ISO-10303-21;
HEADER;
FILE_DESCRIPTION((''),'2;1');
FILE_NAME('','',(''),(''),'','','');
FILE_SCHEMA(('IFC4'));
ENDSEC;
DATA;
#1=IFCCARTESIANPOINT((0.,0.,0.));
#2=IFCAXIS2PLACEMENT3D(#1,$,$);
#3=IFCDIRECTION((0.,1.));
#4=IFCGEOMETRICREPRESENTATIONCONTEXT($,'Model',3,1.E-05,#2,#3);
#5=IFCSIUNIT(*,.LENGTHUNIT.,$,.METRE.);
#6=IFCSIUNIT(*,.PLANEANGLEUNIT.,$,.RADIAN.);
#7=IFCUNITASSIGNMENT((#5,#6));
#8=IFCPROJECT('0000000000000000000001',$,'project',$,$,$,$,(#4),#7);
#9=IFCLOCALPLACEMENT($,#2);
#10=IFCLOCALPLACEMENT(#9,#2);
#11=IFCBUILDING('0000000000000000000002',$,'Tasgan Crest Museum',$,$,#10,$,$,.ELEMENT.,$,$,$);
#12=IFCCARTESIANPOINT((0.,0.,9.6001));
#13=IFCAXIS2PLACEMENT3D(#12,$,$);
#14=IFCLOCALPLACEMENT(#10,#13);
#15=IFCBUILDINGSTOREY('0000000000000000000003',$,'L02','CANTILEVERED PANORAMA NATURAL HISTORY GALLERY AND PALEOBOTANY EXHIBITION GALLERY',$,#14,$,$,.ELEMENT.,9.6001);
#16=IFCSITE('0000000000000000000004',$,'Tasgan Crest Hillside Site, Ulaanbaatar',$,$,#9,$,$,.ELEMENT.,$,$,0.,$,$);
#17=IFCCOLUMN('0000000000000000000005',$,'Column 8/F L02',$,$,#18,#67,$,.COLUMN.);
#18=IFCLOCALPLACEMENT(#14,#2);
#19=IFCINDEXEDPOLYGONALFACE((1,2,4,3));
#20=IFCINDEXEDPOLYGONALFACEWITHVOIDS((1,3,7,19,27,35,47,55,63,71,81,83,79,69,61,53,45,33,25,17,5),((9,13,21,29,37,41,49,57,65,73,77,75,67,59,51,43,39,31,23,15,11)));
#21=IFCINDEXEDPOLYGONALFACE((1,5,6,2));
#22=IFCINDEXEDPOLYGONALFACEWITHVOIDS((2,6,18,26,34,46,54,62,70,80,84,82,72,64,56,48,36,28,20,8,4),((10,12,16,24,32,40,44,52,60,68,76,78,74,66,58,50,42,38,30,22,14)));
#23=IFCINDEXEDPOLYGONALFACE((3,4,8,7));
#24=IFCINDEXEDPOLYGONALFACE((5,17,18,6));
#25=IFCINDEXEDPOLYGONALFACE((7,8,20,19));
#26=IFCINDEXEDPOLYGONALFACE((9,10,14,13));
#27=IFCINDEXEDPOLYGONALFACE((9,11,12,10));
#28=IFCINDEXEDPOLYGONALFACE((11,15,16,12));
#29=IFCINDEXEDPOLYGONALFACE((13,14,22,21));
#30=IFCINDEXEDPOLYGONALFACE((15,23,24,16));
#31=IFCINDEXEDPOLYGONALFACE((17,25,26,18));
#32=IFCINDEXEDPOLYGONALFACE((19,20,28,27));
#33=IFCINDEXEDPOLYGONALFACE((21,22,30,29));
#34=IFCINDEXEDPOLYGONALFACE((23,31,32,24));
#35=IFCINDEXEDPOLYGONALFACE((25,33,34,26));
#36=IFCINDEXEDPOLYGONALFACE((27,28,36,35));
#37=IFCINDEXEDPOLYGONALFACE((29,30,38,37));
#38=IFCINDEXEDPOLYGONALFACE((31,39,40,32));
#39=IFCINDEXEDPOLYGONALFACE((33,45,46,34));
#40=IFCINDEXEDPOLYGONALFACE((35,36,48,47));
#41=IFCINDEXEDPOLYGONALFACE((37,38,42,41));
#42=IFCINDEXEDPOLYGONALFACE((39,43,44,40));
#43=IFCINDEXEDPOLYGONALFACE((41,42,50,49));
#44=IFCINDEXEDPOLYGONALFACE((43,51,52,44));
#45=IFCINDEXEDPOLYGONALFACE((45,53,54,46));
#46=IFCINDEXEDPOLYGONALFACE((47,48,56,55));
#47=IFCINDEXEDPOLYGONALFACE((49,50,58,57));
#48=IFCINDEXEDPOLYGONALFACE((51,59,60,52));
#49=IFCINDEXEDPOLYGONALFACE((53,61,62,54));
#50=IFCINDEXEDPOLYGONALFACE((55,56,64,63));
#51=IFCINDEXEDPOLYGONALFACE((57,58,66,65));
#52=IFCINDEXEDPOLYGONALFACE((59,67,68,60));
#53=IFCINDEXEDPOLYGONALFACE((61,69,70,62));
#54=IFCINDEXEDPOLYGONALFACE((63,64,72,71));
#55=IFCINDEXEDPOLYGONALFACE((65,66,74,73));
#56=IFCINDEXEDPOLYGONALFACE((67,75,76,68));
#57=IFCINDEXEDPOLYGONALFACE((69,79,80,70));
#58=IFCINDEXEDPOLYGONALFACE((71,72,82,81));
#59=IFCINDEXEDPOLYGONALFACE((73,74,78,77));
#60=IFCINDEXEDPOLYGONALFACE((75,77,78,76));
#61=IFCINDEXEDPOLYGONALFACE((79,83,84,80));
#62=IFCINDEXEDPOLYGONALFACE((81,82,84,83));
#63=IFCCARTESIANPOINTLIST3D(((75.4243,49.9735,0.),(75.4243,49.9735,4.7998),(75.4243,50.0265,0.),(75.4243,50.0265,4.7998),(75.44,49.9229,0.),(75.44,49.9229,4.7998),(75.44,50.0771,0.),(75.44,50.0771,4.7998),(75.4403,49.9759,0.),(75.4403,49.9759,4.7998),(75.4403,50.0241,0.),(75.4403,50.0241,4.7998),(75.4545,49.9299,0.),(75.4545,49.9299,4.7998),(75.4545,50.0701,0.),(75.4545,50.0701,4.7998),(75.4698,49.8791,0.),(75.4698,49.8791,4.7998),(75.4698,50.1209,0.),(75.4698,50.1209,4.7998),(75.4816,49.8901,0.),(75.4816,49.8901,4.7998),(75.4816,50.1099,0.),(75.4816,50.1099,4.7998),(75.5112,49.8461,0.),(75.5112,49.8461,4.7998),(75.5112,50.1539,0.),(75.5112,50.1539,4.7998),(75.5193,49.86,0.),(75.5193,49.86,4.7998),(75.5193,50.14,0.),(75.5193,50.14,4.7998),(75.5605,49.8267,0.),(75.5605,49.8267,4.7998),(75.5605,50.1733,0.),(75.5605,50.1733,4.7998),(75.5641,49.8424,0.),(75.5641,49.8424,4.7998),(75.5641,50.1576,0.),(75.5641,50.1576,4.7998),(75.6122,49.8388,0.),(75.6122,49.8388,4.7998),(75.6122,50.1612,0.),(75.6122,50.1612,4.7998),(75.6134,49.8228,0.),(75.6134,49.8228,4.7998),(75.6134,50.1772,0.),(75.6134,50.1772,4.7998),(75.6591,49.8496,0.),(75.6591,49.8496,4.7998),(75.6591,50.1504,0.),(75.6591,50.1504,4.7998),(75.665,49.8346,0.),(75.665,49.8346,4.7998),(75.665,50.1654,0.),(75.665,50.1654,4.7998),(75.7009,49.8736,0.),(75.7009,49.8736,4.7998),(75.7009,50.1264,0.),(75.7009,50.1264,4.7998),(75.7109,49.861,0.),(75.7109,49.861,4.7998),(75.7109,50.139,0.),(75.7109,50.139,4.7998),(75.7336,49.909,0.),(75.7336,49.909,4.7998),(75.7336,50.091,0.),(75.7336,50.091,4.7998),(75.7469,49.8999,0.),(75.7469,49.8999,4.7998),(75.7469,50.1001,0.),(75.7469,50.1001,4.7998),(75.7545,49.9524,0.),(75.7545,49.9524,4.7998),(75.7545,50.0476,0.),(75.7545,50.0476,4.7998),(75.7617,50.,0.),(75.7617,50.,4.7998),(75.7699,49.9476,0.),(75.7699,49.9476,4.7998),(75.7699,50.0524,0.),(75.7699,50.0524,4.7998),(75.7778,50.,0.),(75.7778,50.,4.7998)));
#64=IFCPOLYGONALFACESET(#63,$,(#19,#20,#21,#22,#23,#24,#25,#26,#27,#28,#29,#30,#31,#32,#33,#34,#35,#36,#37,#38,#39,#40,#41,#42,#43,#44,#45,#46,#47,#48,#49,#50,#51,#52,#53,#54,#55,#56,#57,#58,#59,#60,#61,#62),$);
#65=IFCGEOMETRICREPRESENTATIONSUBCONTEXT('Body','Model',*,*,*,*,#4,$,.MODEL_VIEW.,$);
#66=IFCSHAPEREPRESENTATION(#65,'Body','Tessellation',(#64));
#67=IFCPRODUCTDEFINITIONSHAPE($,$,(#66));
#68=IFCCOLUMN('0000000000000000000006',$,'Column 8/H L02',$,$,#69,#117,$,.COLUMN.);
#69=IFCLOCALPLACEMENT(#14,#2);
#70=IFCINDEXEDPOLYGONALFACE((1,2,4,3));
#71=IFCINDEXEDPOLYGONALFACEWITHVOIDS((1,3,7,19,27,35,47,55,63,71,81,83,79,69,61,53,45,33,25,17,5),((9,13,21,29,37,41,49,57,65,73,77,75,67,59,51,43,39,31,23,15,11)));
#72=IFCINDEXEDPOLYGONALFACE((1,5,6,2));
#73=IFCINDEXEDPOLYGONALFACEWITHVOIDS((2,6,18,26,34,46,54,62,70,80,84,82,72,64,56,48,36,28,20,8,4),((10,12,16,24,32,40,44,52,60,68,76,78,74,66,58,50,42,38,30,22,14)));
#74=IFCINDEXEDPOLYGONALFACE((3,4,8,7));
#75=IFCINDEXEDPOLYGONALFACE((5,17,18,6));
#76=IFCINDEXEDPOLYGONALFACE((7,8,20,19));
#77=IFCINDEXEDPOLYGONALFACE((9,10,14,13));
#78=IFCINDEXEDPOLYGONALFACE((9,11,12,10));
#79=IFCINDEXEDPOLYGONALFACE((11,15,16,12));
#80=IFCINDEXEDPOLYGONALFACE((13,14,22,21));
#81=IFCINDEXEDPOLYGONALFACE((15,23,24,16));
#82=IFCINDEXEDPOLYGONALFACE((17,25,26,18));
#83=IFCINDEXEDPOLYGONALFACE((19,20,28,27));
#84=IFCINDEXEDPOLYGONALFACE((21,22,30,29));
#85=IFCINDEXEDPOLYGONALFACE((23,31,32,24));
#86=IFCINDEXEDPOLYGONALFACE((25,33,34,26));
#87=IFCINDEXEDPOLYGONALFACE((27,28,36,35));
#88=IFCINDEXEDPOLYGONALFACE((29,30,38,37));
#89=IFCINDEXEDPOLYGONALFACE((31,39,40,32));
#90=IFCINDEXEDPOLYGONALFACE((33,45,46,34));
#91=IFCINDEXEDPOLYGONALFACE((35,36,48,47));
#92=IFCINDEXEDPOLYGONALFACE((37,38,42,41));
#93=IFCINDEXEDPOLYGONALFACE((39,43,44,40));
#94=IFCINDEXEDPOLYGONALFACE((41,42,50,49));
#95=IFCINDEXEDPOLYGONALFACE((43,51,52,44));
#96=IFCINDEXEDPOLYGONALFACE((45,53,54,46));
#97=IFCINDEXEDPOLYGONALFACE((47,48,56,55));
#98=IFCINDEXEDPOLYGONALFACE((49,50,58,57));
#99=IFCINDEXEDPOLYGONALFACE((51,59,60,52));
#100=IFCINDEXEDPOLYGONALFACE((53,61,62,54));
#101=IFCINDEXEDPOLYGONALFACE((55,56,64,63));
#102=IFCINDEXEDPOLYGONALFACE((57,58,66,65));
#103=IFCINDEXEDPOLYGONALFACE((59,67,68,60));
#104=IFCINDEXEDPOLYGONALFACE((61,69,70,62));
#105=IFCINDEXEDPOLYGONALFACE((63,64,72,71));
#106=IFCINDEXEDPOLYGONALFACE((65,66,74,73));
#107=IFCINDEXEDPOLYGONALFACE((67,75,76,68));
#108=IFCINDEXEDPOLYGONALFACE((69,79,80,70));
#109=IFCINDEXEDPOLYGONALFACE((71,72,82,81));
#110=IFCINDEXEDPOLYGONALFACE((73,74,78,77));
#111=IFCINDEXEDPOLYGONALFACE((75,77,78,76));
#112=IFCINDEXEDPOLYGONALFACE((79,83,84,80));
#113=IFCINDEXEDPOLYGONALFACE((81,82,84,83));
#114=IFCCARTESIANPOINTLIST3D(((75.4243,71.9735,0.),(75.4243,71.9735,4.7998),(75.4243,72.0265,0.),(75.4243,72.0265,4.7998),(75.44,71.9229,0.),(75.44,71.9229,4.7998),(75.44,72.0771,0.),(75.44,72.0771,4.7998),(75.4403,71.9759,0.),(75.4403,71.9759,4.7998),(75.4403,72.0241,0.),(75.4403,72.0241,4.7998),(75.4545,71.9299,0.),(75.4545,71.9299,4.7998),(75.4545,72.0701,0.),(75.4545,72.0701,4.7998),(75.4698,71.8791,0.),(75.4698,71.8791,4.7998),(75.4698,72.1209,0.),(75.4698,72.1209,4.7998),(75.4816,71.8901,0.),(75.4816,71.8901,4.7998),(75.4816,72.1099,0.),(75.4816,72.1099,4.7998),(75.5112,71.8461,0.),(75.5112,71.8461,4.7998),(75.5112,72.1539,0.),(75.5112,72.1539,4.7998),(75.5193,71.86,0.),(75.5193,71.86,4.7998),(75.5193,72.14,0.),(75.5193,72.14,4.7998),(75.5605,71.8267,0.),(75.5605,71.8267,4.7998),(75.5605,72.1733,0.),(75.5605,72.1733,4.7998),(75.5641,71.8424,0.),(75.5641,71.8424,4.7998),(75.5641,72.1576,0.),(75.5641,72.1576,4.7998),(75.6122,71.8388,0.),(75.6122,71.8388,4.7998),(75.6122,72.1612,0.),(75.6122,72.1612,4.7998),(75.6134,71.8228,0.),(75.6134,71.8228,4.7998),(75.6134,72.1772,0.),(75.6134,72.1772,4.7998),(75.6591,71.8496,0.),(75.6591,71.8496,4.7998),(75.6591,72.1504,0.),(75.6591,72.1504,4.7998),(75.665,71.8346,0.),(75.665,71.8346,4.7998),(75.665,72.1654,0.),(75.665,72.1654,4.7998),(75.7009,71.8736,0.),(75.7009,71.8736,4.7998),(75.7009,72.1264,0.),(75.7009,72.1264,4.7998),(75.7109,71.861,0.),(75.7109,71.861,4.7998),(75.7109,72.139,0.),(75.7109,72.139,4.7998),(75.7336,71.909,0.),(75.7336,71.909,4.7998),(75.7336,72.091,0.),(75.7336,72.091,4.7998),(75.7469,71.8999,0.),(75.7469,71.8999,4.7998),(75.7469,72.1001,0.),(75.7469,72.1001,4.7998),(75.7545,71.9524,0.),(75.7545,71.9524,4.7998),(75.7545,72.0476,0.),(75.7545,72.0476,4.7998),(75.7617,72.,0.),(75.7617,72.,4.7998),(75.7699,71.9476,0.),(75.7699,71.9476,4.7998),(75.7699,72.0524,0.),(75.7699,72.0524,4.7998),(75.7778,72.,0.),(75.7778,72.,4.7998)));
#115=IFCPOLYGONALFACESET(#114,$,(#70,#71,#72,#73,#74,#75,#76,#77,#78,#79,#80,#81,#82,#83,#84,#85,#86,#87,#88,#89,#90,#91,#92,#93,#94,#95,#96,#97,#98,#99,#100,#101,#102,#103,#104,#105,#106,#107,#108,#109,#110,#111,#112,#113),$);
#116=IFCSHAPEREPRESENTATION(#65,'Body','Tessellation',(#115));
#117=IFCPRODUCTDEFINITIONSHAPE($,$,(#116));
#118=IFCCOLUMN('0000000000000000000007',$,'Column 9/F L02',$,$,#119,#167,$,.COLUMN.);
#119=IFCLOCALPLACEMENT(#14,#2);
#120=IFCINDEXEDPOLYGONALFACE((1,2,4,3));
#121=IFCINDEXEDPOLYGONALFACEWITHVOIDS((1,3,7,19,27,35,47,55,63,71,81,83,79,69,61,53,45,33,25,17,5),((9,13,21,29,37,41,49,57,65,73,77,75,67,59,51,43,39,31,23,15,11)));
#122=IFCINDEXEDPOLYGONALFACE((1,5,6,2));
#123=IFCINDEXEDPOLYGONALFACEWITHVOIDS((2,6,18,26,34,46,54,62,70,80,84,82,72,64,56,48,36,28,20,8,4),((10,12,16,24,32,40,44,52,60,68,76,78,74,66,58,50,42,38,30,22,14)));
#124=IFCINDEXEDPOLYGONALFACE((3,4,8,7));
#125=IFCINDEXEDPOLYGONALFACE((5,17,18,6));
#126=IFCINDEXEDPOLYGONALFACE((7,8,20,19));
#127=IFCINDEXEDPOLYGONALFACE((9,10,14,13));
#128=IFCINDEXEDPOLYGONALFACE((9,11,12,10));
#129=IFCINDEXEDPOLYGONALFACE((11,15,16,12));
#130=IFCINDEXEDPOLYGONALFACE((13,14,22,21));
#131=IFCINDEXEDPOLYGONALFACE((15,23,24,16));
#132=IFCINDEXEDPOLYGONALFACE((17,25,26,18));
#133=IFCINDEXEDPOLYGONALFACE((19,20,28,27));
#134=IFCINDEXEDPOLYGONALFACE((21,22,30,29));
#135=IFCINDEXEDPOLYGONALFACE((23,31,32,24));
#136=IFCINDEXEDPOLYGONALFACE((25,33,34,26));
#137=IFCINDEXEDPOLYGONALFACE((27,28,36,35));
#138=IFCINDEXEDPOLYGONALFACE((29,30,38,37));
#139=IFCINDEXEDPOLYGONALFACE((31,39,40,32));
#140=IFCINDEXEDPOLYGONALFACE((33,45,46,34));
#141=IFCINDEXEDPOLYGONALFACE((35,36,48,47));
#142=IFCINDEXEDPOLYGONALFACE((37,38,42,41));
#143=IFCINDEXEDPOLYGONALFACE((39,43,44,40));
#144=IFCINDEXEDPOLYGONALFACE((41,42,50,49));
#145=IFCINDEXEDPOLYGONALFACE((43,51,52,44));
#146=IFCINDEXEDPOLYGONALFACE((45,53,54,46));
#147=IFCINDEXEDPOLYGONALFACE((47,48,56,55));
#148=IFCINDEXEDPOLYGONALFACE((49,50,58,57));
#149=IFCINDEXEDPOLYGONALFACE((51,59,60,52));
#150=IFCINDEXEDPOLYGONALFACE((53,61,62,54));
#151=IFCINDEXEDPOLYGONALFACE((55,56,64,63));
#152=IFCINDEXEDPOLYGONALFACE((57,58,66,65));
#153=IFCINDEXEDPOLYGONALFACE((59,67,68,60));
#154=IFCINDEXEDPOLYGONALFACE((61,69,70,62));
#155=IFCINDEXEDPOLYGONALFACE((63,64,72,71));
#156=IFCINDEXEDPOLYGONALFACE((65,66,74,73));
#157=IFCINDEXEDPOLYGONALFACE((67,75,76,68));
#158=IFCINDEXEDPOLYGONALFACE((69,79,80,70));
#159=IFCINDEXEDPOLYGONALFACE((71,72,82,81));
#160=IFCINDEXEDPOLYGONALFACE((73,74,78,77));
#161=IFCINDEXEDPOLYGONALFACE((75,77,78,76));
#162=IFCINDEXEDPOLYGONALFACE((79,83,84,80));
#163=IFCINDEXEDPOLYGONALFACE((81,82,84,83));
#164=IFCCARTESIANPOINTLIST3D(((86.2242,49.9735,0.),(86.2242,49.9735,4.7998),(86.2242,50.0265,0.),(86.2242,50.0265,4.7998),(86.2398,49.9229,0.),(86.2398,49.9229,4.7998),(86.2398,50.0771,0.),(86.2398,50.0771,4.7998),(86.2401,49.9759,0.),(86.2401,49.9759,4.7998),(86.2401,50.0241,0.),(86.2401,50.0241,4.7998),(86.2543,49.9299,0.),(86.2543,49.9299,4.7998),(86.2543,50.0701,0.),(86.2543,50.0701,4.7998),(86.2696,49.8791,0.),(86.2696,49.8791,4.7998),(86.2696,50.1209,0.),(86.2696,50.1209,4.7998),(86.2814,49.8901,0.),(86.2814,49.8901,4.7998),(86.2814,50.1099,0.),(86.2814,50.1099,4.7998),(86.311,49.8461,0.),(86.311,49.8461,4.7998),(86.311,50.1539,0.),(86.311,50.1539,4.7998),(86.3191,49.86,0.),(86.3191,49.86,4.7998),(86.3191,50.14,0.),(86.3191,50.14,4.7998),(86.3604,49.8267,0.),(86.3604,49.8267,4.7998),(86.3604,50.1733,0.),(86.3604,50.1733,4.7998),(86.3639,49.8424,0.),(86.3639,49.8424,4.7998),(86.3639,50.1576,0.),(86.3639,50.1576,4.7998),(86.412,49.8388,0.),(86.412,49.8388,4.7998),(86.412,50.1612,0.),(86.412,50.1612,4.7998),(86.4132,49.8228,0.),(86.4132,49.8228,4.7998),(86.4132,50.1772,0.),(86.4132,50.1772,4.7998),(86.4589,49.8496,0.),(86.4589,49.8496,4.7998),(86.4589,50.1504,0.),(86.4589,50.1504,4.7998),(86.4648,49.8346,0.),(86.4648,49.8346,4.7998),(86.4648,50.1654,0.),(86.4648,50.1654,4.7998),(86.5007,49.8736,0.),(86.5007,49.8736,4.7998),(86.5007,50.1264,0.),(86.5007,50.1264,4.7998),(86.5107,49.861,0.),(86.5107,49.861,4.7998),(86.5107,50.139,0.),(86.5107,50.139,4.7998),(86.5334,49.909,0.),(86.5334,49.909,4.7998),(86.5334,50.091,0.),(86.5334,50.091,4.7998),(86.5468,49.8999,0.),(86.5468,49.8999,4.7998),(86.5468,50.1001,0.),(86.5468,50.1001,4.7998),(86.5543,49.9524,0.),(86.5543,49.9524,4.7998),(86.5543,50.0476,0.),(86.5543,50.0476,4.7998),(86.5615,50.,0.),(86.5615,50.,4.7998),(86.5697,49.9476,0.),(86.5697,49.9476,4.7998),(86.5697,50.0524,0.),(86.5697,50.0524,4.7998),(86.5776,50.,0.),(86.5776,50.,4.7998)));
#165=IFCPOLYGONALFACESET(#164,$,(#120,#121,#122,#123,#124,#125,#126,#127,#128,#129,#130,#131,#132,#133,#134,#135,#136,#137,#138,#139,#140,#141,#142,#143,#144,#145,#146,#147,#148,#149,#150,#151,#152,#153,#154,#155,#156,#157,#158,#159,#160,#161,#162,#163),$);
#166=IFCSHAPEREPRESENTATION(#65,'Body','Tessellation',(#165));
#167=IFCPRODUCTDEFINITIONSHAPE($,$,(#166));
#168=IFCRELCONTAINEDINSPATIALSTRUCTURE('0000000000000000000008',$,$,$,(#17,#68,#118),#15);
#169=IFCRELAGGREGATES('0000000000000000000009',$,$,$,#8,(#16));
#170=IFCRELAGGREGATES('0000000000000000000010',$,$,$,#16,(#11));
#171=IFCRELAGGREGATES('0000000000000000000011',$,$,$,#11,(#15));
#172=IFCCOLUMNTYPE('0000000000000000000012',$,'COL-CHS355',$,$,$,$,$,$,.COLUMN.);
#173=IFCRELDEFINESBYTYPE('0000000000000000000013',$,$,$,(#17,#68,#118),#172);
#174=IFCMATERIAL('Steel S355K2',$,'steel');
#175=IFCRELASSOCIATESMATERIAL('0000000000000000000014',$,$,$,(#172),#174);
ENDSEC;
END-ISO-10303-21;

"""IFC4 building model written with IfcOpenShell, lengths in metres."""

from ifc_helpers import new_model, si_unit, direction, frame, origin, origin_2d, place, context, subcontext, project, spatial, hollow_circle, extrude, material, material_profile, profile_set, type_object, element, save


model = new_model("IFC4")

# Units and contexts
model_context = context("Model", 3, precision=1e-05, world=origin(), true_north=direction((0.0, 1.0)))
body_context = subcontext(model_context, "Body", "Model", "MODEL_VIEW")
ifc_project = project(units=[si_unit("LENGTHUNIT", "METRE"), si_unit("PLANEANGLEUNIT", "RADIAN")], contexts=[model_context])

# Site, building, storey
site_placement = place(None, origin())
site = spatial("IfcSite", under=ifc_project, at=site_placement, Name="Tasgan Crest Hillside Site, Ulaanbaatar", CompositionType="ELEMENT", RefElevation=0.0)
building_placement = place(site_placement, origin())
building = spatial("IfcBuilding", under=site, at=building_placement, Name="Tasgan Crest Museum", CompositionType="ELEMENT")
storey_placement = place(building_placement, frame((0.0, 0.0, 9.6001)))
storey = spatial("IfcBuildingStorey", under=building, at=storey_placement, Name="L02", Description="CANTILEVERED PANORAMA NATURAL HISTORY GALLERY AND PALEOBOTANY EXHIBITION GALLERY", CompositionType="ELEMENT", Elevation=9.6001)

# Columns
ifc_material_1 = material(Name="Steel S355K2", Category="steel")
ifc_material_profile_1 = material_profile(ifc_material_1, hollow_circle(Radius=0.1777, WallThickness=0.0161, at=origin_2d()), Name="CHS 355.6x16")
ifc_profile_set_1 = profile_set([ifc_material_profile_1], Name="Steel S355K2")
column_type = type_object("IfcColumnType", Name="COL-CHS355", PredefinedType="COLUMN", material=ifc_profile_set_1)
for number, where, z_axis, x_axis, name in (
    (1, (75.6001, 50.0, 0.0), (0.0, 0.0, 1.0), (1.0, 0.0, 0.0), "Column 8/F L02"),
    (2, (75.6001, 72.0, 0.0), (0.0, 0.0, 1.0), (1.0, 0.0, 0.0), "Column 8/H L02"),
    (3, (86.3999, 50.0, 0.0), (0.0, 0.0, 1.0), (1.0, 0.0, 0.0), "Column 9/F L02"),
):
    element("IfcColumn", number, at=place(storey_placement, frame(where, z_axis=z_axis, x_axis=x_axis)), inside=storey, type_object=column_type, Name=name, PredefinedType="COLUMN", context=body_context, shape_type="SweptSolid", body=[
        extrude(hollow_circle(Radius=0.1777, WallThickness=0.0161, at=origin_2d()), origin(), (0.0, 0.0, 1.0), 4.7998),
    ])

save(model, "model.ifc")
